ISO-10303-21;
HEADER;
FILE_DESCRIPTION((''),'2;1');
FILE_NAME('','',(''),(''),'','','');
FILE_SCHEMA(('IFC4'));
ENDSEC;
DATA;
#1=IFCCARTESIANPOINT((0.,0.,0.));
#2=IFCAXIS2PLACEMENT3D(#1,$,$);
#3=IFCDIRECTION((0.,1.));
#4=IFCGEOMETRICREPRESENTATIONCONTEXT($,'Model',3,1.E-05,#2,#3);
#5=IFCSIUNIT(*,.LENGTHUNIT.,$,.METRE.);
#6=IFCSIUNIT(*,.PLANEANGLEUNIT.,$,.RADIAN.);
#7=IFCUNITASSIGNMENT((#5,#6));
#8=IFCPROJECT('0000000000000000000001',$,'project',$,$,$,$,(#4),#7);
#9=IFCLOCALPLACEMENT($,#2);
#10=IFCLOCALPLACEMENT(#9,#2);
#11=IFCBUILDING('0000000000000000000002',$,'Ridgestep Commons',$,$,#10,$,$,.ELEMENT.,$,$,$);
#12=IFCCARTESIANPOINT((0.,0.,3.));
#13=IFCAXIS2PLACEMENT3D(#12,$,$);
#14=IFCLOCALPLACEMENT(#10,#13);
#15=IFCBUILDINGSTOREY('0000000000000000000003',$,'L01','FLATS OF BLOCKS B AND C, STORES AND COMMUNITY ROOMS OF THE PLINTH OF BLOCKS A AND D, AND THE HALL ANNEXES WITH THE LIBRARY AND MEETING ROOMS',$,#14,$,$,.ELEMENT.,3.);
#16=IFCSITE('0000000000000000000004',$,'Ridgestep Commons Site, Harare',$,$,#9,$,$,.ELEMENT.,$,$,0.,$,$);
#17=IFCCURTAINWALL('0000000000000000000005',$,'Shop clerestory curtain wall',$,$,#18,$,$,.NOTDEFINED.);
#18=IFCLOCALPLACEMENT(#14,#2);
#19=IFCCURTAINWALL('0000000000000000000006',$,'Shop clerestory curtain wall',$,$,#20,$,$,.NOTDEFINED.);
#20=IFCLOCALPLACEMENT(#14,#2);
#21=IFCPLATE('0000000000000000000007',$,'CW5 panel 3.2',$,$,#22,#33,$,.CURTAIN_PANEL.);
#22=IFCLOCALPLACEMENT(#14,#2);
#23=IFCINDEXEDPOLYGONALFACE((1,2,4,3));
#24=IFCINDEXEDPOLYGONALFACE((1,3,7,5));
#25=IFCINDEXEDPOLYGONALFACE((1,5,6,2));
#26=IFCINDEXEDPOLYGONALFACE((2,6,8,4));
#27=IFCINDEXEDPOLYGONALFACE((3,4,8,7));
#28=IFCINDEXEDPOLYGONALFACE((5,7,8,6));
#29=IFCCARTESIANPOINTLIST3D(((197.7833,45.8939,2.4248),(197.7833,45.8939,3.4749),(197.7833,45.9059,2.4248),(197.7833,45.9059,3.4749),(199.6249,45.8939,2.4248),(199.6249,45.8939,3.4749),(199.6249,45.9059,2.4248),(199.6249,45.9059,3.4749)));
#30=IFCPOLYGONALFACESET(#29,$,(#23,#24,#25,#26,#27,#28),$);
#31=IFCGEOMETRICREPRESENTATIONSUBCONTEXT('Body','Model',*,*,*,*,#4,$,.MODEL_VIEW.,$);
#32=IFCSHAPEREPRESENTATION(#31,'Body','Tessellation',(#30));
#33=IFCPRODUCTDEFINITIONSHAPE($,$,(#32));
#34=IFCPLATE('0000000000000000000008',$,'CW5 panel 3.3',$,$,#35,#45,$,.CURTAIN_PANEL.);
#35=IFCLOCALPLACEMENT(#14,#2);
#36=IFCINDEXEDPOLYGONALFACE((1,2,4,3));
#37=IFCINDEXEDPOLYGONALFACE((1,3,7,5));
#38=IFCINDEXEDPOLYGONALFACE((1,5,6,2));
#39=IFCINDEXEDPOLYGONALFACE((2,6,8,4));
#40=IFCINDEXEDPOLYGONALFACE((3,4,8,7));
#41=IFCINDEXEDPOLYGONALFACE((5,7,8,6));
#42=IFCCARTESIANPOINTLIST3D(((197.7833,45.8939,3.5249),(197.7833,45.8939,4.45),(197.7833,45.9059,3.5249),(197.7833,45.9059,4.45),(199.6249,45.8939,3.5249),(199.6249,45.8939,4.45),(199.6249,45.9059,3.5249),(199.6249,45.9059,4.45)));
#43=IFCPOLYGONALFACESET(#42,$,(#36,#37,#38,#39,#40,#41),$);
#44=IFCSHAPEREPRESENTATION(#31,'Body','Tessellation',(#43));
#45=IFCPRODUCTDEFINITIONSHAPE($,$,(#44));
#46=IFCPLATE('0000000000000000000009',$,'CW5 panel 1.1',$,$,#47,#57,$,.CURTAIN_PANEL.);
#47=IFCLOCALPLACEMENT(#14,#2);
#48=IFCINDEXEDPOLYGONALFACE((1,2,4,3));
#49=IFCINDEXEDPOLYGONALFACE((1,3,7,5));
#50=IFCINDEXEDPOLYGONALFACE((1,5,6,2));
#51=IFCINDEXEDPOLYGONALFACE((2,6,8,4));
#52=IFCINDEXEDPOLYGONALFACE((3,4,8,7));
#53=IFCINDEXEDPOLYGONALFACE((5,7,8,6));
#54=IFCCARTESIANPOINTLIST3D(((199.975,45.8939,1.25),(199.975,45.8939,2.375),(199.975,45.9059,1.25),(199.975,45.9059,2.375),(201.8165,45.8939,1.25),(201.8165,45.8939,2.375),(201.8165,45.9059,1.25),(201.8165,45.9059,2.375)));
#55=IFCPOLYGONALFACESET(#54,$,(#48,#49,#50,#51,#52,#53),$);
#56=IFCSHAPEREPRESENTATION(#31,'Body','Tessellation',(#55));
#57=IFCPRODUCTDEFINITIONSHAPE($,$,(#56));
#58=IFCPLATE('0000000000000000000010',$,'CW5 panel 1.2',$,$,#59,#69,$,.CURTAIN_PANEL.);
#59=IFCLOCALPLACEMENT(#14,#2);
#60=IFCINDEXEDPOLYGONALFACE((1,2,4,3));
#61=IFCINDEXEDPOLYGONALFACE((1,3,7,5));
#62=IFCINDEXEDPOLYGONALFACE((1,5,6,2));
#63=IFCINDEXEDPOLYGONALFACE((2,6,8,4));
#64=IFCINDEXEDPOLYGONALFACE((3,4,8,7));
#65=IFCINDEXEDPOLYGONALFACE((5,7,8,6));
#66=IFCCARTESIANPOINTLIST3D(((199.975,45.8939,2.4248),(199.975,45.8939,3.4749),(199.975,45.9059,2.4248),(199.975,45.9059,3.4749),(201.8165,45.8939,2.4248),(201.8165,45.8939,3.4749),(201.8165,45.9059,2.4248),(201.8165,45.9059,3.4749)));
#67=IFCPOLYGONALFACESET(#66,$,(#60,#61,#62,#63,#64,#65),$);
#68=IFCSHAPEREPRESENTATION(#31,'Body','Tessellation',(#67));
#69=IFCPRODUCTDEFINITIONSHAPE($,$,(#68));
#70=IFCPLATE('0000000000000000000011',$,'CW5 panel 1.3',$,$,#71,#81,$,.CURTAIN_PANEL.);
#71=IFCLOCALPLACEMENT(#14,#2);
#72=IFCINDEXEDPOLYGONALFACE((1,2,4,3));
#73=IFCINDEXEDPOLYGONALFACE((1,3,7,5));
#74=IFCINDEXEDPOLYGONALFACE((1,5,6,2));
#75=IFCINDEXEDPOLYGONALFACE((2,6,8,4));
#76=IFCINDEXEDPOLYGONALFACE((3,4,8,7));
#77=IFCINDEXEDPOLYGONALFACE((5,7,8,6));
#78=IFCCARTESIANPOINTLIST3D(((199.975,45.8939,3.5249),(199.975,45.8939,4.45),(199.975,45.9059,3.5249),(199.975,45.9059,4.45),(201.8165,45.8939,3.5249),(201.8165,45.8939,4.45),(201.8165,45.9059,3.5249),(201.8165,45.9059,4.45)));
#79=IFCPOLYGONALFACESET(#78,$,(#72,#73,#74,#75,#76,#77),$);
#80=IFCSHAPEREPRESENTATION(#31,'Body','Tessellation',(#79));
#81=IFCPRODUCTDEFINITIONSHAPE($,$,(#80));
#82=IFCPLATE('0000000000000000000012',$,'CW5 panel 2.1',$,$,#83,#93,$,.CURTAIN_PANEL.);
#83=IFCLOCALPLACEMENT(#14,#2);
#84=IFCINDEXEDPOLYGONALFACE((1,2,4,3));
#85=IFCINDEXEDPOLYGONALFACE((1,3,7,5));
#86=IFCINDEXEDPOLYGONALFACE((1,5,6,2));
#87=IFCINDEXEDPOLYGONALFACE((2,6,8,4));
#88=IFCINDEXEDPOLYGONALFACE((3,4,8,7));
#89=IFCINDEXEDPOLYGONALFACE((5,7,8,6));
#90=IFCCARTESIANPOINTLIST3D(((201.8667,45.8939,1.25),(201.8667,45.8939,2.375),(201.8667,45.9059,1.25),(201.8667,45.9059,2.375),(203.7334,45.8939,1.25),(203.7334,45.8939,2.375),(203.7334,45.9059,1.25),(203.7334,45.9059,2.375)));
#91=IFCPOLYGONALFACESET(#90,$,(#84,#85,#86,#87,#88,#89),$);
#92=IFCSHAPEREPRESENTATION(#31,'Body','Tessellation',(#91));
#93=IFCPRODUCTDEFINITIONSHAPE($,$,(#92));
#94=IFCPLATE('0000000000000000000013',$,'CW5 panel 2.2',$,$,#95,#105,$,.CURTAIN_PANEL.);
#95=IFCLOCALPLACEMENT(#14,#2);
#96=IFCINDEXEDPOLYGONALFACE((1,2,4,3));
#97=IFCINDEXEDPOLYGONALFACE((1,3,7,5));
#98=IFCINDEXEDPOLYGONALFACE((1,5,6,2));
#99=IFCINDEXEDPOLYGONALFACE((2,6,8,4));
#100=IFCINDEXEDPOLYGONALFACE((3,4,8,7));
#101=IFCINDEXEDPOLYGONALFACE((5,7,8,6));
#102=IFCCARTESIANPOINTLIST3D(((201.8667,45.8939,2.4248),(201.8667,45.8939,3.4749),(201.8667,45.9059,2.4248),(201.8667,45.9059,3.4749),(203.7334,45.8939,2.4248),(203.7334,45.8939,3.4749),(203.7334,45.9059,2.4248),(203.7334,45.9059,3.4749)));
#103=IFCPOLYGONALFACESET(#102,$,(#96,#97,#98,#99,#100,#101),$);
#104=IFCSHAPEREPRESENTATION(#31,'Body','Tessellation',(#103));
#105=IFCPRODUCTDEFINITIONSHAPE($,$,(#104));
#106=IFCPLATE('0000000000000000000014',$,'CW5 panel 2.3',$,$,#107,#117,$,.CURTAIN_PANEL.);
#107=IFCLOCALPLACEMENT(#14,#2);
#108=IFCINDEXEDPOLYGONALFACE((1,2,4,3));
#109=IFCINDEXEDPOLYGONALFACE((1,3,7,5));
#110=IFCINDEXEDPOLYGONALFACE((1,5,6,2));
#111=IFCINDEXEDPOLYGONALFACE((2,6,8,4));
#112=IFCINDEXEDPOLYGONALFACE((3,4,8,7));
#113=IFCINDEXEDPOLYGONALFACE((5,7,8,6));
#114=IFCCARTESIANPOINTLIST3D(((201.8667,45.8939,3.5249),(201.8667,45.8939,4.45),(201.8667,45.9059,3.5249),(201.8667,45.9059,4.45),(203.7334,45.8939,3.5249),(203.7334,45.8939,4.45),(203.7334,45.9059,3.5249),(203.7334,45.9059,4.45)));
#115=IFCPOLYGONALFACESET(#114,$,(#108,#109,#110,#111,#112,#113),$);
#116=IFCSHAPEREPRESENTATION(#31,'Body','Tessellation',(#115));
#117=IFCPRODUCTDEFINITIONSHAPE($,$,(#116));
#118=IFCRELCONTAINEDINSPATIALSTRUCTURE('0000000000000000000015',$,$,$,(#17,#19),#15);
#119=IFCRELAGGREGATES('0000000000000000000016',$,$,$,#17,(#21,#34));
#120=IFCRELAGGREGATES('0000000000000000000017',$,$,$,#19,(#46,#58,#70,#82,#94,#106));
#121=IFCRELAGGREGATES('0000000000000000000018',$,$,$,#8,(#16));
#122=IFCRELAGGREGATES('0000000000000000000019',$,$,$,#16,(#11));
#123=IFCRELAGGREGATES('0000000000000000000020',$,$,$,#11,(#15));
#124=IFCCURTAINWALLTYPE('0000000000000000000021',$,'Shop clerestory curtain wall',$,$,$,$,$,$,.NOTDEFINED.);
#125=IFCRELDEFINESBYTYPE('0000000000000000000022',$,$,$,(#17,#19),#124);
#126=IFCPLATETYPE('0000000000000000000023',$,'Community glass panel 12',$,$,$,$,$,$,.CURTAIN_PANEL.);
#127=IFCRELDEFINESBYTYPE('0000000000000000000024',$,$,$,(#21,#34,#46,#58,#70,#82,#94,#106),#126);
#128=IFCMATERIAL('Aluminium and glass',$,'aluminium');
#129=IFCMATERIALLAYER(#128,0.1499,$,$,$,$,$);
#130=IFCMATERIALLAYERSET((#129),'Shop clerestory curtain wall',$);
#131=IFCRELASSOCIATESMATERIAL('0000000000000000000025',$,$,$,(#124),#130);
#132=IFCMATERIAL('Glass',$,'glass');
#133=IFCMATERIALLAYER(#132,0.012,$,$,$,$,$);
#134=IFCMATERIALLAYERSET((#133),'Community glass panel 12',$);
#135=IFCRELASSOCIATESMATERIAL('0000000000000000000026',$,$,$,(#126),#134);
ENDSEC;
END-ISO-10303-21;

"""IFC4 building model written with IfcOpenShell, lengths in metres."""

from ifc_helpers import new_model, si_unit, direction, frame, origin, origin_2d, place, context, subcontext, project, spatial, rectangle, extrude, material, layer, layer_set, type_object, element, aggregate, save


model = new_model("IFC4")

# Units and contexts
model_context = context("Model", 3, precision=1e-05, world=origin(), true_north=direction((0.0, 1.0)))
body_context = subcontext(model_context, "Body", "Model", "MODEL_VIEW")
ifc_project = project(units=[si_unit("LENGTHUNIT", "METRE"), si_unit("PLANEANGLEUNIT", "RADIAN")], contexts=[model_context])

# Site, building, storey
site_placement = place(None, origin())
site = spatial("IfcSite", under=ifc_project, at=site_placement, Name="Ridgestep Commons Site, Harare", CompositionType="ELEMENT", RefElevation=0.0)
building_placement = place(site_placement, origin())
building = spatial("IfcBuilding", under=site, at=building_placement, Name="Ridgestep Commons", CompositionType="ELEMENT")
storey_placement = place(building_placement, frame((0.0, 0.0, 3.0)))
storey = spatial("IfcBuildingStorey", under=building, at=storey_placement, Name="L01", Description="FLATS OF BLOCKS B AND C, STORES AND COMMUNITY ROOMS OF THE PLINTH OF BLOCKS A AND D, AND THE HALL ANNEXES WITH THE LIBRARY AND MEETING ROOMS", CompositionType="ELEMENT", Elevation=3.0)

# Curtain wall
ifc_material_1 = material(Name="Aluminium and glass", Category="aluminium")
ifc_layer_1 = layer(ifc_material_1, 0.1499)
ifc_layer_set_1 = layer_set([ifc_layer_1], Name="Shop clerestory curtain wall")
curtain_wall_type = type_object("IfcCurtainWallType", Name="Shop clerestory curtain wall", PredefinedType="NOTDEFINED", material=ifc_layer_set_1)
curtain_wall_1_placement = place(storey_placement, origin())
curtain_wall_1 = element("IfcCurtainWall", 1, at=curtain_wall_1_placement, inside=storey, type_object=curtain_wall_type, Name="Shop clerestory curtain wall", PredefinedType="NOTDEFINED")

# Curtain wall
curtain_wall_2_placement = place(storey_placement, origin())
curtain_wall_2 = element("IfcCurtainWall", 2, at=curtain_wall_2_placement, inside=storey, type_object=curtain_wall_type, Name="Shop clerestory curtain wall", PredefinedType="NOTDEFINED")

# Plates
ifc_material_2 = material(Name="Glass", Category="glass")
ifc_layer_2 = layer(ifc_material_2, 0.012)
ifc_layer_set_2 = layer_set([ifc_layer_2], Name="Community glass panel 12")
plate_type = type_object("IfcPlateType", Name="Community glass panel 12", PredefinedType="CURTAIN_PANEL", material=ifc_layer_set_2)
plate_1_placement = place(storey_placement, frame((198.7041, 45.8999, 2.4248), z_axis=(0.0, 0.0, 1.0), x_axis=(1.0, 0.0, 0.0)))
plate_1 = element("IfcPlate", 3, at=plate_1_placement, type_object=plate_type, Name="CW5 panel 3.2", PredefinedType="CURTAIN_PANEL", context=body_context, shape_type="SweptSolid", body=[
    extrude(rectangle(XDim=1.8416, YDim=0.012, at=origin_2d()), origin(), (0.0, 0.0, 1.0), 1.05),
])
plate_2_placement = place(storey_placement, frame((198.7041, 45.8999, 3.5249), z_axis=(0.0, 0.0, 1.0), x_axis=(1.0, 0.0, 0.0)))
plate_2 = element("IfcPlate", 4, at=plate_2_placement, type_object=plate_type, Name="CW5 panel 3.3", PredefinedType="CURTAIN_PANEL", context=body_context, shape_type="SweptSolid", body=[
    extrude(rectangle(XDim=1.8416, YDim=0.012, at=origin_2d()), origin(), (0.0, 0.0, 1.0), 0.925),
])
aggregate(curtain_wall_1, [plate_1, plate_2])
plate_3_placement = place(storey_placement, frame((200.8958, 45.8999, 1.25), z_axis=(0.0, 0.0, 1.0), x_axis=(1.0, 0.0, 0.0)))
plate_3 = element("IfcPlate", 5, at=plate_3_placement, type_object=plate_type, Name="CW5 panel 1.1", PredefinedType="CURTAIN_PANEL", context=body_context, shape_type="SweptSolid", body=[
    extrude(rectangle(XDim=1.8416, YDim=0.012, at=origin_2d()), origin(), (0.0, 0.0, 1.0), 1.125),
])
plate_4_placement = place(storey_placement, frame((200.8958, 45.8999, 2.4248), z_axis=(0.0, 0.0, 1.0), x_axis=(1.0, 0.0, 0.0)))
plate_4 = element("IfcPlate", 6, at=plate_4_placement, type_object=plate_type, Name="CW5 panel 1.2", PredefinedType="CURTAIN_PANEL", context=body_context, shape_type="SweptSolid", body=[
    extrude(rectangle(XDim=1.8416, YDim=0.012, at=origin_2d()), origin(), (0.0, 0.0, 1.0), 1.05),
])
plate_5_placement = place(storey_placement, frame((200.8958, 45.8999, 3.5249), z_axis=(0.0, 0.0, 1.0), x_axis=(1.0, 0.0, 0.0)))
plate_5 = element("IfcPlate", 7, at=plate_5_placement, type_object=plate_type, Name="CW5 panel 1.3", PredefinedType="CURTAIN_PANEL", context=body_context, shape_type="SweptSolid", body=[
    extrude(rectangle(XDim=1.8416, YDim=0.012, at=origin_2d()), origin(), (0.0, 0.0, 1.0), 0.925),
])
plate_6_placement = place(storey_placement, frame((202.8, 45.8999, 1.25), z_axis=(0.0, 0.0, 1.0), x_axis=(1.0, 0.0, 0.0)))
plate_6 = element("IfcPlate", 8, at=plate_6_placement, type_object=plate_type, Name="CW5 panel 2.1", PredefinedType="CURTAIN_PANEL", context=body_context, shape_type="SweptSolid", body=[
    extrude(rectangle(XDim=1.8667, YDim=0.012, at=origin_2d()), origin(), (0.0, 0.0, 1.0), 1.125),
])
plate_7_placement = place(storey_placement, frame((202.8, 45.8999, 2.4248), z_axis=(0.0, 0.0, 1.0), x_axis=(1.0, 0.0, 0.0)))
plate_7 = element("IfcPlate", 9, at=plate_7_placement, type_object=plate_type, Name="CW5 panel 2.2", PredefinedType="CURTAIN_PANEL", context=body_context, shape_type="SweptSolid", body=[
    extrude(rectangle(XDim=1.8667, YDim=0.012, at=origin_2d()), origin(), (0.0, 0.0, 1.0), 1.05),
])
plate_8_placement = place(storey_placement, frame((202.8, 45.8999, 3.5249), z_axis=(0.0, 0.0, 1.0), x_axis=(1.0, 0.0, 0.0)))
plate_8 = element("IfcPlate", 10, at=plate_8_placement, type_object=plate_type, Name="CW5 panel 2.3", PredefinedType="CURTAIN_PANEL", context=body_context, shape_type="SweptSolid", body=[
    extrude(rectangle(XDim=1.8667, YDim=0.012, at=origin_2d()), origin(), (0.0, 0.0, 1.0), 0.925),
])
aggregate(curtain_wall_2, [plate_3, plate_4, plate_5, plate_6, plate_7, plate_8])

save(model, "model.ifc")
